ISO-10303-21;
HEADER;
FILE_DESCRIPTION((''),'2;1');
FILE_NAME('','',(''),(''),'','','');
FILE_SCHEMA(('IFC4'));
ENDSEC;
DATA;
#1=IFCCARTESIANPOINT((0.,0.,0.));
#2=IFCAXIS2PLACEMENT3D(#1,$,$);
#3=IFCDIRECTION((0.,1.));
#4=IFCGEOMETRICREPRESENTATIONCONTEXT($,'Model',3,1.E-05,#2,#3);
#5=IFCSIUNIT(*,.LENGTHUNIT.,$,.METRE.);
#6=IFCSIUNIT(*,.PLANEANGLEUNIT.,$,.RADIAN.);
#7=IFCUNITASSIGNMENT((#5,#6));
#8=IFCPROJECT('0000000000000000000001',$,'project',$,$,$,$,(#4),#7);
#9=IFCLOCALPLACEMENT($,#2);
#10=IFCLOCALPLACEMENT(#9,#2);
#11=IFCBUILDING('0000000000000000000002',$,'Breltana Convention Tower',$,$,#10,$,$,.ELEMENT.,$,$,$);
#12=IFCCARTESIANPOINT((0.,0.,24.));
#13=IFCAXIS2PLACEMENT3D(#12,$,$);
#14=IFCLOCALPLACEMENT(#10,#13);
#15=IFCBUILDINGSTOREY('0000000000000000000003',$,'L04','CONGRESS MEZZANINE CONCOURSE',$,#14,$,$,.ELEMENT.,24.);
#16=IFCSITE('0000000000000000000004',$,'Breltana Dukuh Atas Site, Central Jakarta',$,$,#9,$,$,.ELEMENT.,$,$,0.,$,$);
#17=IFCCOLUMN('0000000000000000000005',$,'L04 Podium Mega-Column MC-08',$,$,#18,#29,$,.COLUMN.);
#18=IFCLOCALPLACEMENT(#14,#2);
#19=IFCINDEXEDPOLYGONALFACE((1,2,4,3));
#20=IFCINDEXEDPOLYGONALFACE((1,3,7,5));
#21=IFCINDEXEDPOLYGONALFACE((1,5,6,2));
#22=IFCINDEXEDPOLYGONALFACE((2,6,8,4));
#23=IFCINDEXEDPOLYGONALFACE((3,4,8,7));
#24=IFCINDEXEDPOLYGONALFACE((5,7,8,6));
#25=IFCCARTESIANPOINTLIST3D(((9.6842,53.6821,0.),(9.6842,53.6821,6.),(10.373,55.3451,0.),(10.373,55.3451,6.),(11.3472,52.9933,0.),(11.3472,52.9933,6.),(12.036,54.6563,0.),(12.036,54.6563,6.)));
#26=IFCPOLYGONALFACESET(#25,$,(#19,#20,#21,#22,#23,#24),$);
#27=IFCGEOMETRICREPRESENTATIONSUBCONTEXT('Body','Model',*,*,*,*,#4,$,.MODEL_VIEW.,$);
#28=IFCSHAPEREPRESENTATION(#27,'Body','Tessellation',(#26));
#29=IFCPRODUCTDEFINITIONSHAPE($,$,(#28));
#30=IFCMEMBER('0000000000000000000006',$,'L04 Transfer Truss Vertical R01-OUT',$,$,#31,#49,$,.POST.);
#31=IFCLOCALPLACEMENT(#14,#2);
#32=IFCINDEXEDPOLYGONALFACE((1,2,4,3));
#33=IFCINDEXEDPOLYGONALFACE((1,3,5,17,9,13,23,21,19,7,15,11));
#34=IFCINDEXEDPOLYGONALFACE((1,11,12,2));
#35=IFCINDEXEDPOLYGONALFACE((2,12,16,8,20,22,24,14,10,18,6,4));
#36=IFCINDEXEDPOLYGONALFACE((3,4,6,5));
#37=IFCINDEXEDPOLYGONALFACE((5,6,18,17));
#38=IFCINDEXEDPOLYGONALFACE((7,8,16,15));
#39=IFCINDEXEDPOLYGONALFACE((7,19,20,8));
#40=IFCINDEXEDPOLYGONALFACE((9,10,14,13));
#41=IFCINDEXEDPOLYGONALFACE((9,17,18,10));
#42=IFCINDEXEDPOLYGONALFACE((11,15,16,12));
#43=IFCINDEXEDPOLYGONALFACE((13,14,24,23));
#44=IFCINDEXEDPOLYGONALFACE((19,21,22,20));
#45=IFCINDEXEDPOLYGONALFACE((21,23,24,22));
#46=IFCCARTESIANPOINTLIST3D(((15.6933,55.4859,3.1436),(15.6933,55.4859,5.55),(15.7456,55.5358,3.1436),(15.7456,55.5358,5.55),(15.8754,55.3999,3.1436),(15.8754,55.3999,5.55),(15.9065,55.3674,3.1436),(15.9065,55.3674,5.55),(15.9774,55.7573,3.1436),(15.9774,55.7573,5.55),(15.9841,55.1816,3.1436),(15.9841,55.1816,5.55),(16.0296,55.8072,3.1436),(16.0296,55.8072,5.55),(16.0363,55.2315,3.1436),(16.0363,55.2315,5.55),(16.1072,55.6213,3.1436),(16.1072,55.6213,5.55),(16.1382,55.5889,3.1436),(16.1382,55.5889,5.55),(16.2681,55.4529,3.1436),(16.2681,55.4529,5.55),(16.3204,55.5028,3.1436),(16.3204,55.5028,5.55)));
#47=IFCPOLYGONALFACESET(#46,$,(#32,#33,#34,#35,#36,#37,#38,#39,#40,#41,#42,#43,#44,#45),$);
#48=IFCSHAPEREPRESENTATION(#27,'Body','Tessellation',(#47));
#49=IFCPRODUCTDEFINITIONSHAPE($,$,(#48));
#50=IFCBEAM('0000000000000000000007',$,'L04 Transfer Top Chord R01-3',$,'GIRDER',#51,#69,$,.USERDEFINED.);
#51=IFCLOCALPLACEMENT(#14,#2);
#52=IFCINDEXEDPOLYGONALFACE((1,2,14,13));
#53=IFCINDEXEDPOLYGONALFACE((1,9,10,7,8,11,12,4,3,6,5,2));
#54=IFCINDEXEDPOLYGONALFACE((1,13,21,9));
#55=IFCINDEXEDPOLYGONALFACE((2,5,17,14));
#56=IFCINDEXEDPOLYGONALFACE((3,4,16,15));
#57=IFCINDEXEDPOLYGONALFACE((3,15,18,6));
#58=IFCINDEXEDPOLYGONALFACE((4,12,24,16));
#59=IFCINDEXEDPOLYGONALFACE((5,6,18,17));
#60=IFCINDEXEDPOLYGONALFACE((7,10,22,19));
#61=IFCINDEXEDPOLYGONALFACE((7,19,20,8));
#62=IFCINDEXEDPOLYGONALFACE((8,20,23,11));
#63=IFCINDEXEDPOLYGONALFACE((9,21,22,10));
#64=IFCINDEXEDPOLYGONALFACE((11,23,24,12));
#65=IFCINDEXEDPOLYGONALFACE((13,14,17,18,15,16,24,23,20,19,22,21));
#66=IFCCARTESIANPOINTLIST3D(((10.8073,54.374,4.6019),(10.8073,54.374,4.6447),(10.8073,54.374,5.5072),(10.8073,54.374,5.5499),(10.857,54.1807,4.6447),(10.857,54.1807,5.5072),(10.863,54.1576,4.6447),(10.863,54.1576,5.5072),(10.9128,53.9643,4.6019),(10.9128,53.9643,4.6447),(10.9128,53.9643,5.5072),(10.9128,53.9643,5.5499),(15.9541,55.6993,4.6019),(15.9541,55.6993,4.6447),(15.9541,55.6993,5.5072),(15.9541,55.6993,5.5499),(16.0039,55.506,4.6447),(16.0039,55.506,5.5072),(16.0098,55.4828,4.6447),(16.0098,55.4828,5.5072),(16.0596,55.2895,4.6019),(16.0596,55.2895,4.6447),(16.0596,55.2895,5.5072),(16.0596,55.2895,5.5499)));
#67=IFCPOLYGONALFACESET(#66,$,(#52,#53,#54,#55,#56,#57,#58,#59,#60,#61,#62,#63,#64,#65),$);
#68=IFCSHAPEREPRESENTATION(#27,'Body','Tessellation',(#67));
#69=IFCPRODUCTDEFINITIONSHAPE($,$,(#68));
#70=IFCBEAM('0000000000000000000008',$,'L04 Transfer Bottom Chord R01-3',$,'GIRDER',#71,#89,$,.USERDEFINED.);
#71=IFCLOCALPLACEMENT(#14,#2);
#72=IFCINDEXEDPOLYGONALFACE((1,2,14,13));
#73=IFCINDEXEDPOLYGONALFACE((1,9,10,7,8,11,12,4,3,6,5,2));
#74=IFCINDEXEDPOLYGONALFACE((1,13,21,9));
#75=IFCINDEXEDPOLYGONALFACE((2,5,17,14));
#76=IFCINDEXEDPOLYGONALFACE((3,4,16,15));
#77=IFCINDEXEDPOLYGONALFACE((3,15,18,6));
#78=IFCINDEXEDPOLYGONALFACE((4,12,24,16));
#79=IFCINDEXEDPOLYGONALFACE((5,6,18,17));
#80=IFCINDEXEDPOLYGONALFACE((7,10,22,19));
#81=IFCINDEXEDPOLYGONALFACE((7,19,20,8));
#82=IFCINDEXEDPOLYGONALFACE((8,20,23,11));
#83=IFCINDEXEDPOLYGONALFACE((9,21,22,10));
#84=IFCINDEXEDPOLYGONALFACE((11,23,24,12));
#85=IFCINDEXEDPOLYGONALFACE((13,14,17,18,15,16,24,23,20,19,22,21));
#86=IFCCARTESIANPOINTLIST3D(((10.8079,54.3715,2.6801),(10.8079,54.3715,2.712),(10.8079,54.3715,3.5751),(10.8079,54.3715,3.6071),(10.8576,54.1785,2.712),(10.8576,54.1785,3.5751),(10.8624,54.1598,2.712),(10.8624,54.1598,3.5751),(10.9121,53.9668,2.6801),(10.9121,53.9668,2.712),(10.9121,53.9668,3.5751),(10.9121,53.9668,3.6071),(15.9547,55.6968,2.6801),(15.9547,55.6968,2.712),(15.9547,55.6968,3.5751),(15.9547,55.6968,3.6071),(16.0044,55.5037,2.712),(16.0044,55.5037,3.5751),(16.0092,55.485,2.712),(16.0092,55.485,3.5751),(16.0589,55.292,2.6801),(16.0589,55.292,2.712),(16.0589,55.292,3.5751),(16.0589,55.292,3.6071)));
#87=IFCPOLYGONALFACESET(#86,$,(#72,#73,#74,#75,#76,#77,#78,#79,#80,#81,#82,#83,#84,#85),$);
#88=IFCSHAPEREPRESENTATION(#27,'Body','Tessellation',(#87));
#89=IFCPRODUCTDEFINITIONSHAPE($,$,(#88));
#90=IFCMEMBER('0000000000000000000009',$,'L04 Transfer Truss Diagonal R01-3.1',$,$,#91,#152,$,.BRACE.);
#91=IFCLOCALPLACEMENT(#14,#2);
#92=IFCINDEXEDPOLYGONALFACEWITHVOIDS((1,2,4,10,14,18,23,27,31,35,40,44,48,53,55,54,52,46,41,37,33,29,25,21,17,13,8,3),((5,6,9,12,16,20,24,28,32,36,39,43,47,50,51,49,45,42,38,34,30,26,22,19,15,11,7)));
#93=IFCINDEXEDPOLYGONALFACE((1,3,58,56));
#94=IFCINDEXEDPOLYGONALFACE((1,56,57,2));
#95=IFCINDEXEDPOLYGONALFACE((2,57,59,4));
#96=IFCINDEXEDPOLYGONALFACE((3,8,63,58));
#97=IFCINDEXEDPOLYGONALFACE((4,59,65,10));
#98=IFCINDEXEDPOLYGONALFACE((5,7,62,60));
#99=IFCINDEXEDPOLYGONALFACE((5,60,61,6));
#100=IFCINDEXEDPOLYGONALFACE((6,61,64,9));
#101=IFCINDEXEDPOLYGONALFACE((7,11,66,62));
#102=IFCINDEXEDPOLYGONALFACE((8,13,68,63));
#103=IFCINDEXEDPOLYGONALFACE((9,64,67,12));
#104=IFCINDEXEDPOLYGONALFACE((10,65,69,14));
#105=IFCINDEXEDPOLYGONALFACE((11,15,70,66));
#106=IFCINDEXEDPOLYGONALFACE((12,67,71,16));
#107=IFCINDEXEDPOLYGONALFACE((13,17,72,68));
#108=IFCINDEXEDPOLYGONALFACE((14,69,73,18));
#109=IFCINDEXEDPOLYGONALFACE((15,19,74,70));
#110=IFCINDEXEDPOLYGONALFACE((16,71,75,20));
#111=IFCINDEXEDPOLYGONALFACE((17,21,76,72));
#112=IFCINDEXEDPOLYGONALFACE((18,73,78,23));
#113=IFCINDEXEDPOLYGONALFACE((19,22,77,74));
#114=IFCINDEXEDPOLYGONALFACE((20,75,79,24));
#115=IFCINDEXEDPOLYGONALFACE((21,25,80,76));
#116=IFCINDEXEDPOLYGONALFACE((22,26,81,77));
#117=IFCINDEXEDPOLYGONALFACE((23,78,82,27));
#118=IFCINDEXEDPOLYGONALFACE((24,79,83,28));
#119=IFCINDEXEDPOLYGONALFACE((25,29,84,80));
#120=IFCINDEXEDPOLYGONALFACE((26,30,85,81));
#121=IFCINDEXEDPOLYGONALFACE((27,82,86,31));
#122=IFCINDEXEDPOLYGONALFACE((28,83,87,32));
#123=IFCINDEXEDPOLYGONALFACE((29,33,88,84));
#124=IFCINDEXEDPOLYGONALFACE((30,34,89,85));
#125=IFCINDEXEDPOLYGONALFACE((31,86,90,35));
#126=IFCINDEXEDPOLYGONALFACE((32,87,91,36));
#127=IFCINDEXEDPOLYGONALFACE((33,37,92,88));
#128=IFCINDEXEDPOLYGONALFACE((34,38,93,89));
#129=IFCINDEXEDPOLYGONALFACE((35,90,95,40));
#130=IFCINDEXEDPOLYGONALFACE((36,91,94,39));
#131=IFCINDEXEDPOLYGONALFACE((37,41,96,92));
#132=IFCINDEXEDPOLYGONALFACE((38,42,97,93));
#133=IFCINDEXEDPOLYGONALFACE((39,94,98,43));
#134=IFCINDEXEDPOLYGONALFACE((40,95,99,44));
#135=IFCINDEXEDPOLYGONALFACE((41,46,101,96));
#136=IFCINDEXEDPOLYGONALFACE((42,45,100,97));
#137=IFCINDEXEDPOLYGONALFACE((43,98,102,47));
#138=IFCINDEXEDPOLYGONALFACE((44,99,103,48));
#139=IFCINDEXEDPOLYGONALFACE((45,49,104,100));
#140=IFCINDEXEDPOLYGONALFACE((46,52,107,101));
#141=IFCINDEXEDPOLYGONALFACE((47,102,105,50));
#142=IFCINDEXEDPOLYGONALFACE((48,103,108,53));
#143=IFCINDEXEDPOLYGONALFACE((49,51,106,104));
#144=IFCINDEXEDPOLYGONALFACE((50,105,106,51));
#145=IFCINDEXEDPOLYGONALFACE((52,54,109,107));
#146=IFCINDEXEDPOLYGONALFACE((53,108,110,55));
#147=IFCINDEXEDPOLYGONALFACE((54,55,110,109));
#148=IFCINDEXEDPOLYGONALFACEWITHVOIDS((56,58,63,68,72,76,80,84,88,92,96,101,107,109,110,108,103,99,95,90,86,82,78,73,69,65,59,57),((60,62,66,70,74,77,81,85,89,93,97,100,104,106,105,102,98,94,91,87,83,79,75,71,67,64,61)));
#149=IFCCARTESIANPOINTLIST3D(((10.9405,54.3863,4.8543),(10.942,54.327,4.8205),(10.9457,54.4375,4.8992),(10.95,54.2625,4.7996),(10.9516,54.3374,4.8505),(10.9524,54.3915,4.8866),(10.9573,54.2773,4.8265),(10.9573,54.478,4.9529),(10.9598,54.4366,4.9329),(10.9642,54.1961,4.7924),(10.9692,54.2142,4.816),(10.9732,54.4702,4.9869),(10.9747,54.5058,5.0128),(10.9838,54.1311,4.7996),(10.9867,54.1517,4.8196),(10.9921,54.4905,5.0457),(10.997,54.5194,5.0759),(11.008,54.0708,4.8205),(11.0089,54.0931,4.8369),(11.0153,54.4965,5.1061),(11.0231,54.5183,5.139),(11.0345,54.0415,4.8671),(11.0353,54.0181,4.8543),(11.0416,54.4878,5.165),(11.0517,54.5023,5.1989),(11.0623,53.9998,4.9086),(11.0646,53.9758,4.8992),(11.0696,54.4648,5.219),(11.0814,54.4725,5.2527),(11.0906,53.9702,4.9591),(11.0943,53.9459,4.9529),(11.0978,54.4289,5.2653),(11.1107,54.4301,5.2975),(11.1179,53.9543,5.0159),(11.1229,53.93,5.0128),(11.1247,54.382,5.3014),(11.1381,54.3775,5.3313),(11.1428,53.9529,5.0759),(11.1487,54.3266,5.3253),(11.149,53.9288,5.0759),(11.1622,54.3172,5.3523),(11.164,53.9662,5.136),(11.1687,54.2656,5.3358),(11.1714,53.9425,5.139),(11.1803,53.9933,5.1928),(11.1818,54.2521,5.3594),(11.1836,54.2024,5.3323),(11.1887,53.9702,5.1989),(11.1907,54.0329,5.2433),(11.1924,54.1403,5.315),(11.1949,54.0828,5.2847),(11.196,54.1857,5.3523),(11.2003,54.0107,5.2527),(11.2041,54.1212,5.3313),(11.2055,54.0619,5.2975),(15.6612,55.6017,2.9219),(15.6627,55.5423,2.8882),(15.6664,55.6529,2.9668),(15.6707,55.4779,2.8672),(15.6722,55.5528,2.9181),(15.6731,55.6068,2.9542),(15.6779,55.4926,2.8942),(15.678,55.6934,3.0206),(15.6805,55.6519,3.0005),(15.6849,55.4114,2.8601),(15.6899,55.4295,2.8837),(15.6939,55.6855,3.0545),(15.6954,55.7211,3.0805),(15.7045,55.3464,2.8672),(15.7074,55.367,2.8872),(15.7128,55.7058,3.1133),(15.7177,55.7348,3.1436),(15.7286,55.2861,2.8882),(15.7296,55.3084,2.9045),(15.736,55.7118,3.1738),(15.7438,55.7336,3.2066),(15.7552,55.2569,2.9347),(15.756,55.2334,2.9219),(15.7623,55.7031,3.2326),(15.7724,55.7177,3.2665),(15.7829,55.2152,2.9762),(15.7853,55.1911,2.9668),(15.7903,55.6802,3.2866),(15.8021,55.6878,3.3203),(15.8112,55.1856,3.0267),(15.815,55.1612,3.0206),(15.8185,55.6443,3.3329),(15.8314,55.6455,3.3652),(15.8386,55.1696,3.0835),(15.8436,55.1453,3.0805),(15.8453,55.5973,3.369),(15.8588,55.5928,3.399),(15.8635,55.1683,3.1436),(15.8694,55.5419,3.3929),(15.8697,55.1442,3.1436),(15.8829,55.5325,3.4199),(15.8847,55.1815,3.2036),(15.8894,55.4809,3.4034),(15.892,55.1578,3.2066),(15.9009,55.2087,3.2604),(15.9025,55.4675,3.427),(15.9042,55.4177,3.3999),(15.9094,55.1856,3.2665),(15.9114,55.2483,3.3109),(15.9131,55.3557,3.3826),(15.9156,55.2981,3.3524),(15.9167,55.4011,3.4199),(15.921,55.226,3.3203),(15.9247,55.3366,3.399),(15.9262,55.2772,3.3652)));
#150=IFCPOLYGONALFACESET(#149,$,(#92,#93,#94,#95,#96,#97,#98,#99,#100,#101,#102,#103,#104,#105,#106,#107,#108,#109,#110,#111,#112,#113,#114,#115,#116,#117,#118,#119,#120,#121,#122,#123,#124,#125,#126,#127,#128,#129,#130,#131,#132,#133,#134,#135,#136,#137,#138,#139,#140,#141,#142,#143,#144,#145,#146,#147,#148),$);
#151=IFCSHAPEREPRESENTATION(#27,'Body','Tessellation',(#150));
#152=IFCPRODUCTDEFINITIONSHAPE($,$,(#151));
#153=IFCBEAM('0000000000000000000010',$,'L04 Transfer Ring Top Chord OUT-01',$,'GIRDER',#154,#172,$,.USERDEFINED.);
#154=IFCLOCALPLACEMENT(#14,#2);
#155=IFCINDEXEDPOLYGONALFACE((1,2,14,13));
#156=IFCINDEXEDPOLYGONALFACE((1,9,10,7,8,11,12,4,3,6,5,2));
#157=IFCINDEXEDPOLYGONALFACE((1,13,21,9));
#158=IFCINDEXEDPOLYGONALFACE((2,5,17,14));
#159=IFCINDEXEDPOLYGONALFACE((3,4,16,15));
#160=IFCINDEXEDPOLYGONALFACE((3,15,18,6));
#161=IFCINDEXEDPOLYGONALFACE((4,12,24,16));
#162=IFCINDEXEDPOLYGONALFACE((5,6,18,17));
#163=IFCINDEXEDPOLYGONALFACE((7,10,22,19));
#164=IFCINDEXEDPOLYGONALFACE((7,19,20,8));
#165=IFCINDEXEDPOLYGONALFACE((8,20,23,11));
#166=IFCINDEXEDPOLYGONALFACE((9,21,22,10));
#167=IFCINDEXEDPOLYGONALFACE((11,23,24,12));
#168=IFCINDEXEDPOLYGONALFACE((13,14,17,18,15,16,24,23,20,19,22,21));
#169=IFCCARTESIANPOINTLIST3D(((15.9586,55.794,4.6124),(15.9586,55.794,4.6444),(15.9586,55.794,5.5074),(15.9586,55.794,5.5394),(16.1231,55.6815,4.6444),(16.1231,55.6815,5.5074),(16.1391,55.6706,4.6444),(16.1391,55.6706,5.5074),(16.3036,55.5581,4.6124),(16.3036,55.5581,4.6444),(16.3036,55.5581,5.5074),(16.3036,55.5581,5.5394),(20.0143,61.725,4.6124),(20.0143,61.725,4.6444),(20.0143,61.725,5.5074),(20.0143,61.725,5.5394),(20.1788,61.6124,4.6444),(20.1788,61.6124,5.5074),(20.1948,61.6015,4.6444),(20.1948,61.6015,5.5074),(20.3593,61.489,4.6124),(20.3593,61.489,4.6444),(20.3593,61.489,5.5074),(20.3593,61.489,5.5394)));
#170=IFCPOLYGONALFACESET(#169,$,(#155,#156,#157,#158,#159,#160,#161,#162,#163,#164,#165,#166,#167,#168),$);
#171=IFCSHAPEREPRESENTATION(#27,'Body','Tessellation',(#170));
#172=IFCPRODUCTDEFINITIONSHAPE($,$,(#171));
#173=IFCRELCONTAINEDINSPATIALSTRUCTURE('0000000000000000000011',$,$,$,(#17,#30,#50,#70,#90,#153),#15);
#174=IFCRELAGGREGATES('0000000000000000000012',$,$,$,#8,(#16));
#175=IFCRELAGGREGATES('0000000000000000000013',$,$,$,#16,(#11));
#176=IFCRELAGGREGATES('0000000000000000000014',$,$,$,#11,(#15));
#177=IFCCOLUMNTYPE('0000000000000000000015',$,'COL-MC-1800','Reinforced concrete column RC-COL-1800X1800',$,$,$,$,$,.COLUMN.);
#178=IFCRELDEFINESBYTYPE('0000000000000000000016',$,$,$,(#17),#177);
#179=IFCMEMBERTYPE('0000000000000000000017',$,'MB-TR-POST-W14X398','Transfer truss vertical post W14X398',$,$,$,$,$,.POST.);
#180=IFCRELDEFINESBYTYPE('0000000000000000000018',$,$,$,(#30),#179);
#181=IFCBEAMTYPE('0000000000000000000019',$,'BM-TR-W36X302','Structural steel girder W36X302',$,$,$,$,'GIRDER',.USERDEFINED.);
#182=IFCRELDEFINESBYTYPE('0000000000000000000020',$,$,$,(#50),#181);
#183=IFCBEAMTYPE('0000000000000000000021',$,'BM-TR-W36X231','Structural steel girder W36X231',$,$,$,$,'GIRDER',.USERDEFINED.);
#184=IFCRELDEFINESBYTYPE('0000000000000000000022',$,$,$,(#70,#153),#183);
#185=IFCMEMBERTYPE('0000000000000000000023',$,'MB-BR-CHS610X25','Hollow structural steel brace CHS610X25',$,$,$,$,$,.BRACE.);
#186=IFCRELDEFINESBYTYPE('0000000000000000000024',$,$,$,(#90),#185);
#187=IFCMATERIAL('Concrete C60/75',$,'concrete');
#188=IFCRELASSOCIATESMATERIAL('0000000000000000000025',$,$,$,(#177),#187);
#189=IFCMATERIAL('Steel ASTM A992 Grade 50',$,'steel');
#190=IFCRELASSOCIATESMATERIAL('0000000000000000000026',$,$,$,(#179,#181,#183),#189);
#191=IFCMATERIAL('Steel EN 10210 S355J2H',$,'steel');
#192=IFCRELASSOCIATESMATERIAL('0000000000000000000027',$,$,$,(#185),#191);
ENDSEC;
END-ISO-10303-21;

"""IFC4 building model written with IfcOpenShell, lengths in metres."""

from ifc_helpers import new_model, si_unit, direction, frame, origin, origin_2d, place, context, subcontext, project, spatial, rectangle, hollow_circle, i_section, extrude, source, transform, mapped, material, material_profile, profile_set, type_object, type_shapes, element, save


model = new_model("IFC4")

# Units and contexts
model_context = context("Model", 3, precision=1e-05, world=origin(), true_north=direction((0.0, 1.0)))
body_context = subcontext(model_context, "Body", "Model", "MODEL_VIEW")
ifc_project = project(units=[si_unit("LENGTHUNIT", "METRE"), si_unit("PLANEANGLEUNIT", "RADIAN")], contexts=[model_context])

# Site, building, storey
site_placement = place(None, origin())
site = spatial("IfcSite", under=ifc_project, at=site_placement, Name="Breltana Dukuh Atas Site, Central Jakarta", CompositionType="ELEMENT", RefElevation=0.0)
building_placement = place(site_placement, origin())
building = spatial("IfcBuilding", under=site, at=building_placement, Name="Breltana Convention Tower", CompositionType="ELEMENT")
storey_placement = place(building_placement, frame((0.0, 0.0, 24.0)))
storey = spatial("IfcBuildingStorey", under=building, at=storey_placement, Name="L04", Description="CONGRESS MEZZANINE CONCOURSE", CompositionType="ELEMENT", Elevation=24.0)

# Column
ifc_material_1 = material(Name="Concrete C60/75", Category="concrete")
ifc_material_profile_1 = material_profile(ifc_material_1, rectangle(XDim=1.8, YDim=1.8, at=origin_2d()), Name="RC-COL-1800X1800")
ifc_profile_set_1 = profile_set([ifc_material_profile_1], Name="Concrete C60/75")
column_type = type_object("IfcColumnType", Name="COL-MC-1800", Description="Reinforced concrete column RC-COL-1800X1800", PredefinedType="COLUMN", material=ifc_profile_set_1)
shared_shape_1 = source(origin(), body_context, "Body", "SweptSolid", [
    extrude(rectangle(XDim=1.8, YDim=1.8, at=origin_2d()), origin(), (0.0, 0.0, 1.0), 6.0),
])
type_shapes(column_type, [shared_shape_1])
column_placement = place(storey_placement, frame((10.8601, 54.1692, 0.0), z_axis=(0.0, 0.0, 1.0), x_axis=(-0.92388, 0.382683, 0.0)))
element("IfcColumn", 1, at=column_placement, inside=storey, type_object=column_type, Name="L04 Podium Mega-Column MC-08", PredefinedType="COLUMN", context=body_context, shape_type="MappedRepresentation", body=[
    mapped(shared_shape_1, transform((0.0, 0.0, 0.0), scale=1.0)),
])

# Member
ifc_material_2 = material(Name="Steel ASTM A992 Grade 50", Category="steel")
ifc_material_profile_2 = material_profile(ifc_material_2, i_section(OverallWidth=0.4209, OverallDepth=0.4651, WebThickness=0.0449, FlangeThickness=0.0723, at=origin_2d()), Name="W14X398")
ifc_profile_set_2 = profile_set([ifc_material_profile_2], Name="Steel ASTM A992 Grade 50")
member_type_1 = type_object("IfcMemberType", Name="MB-TR-POST-W14X398", Description="Transfer truss vertical post W14X398", PredefinedType="POST", material=ifc_profile_set_2)
shared_shape_2 = source(origin(), body_context, "Body", "SweptSolid", [
    extrude(i_section(OverallWidth=0.4209, OverallDepth=0.4651, WebThickness=0.0449, FlangeThickness=0.0723, at=origin_2d()), origin(), (0.0, 0.0, 1.0), 2.4065),
])
type_shapes(member_type_1, [shared_shape_2])
member_1_placement = place(storey_placement, frame((16.0068, 55.4944, 3.1436), z_axis=(0.0, 0.0, 1.0), x_axis=(-0.690756, 0.723088, 0.0)))
element("IfcMember", 2, at=member_1_placement, inside=storey, type_object=member_type_1, Name="L04 Transfer Truss Vertical R01-OUT", PredefinedType="POST", context=body_context, shape_type="MappedRepresentation", body=[
    mapped(shared_shape_2, transform((0.0, 0.0, 0.0), scale=1.0)),
])

# Beams
ifc_material_profile_3 = material_profile(ifc_material_2, i_section(OverallWidth=0.4231, OverallDepth=0.948, WebThickness=0.0239, FlangeThickness=0.0427, at=origin_2d()), Name="W36X302")
ifc_profile_set_3 = profile_set([ifc_material_profile_3], Name="Steel ASTM A992 Grade 50")
beam_type_1 = type_object("IfcBeamType", Name="BM-TR-W36X302", Description="Structural steel girder W36X302", ElementType="GIRDER", PredefinedType="USERDEFINED", material=ifc_profile_set_3)
shared_shape_3 = source(origin(), body_context, "Body", "SweptSolid", [
    extrude(i_section(OverallWidth=0.4231, OverallDepth=0.948, WebThickness=0.0239, FlangeThickness=0.0427, at=origin_2d()), origin(), (0.0, 0.0, 1.0), 5.3147),
])
beam_1_placement = place(storey_placement, frame((16.0068, 55.4944, 5.0759), z_axis=(-0.968413, -0.24935, 0.0), x_axis=(0.24935, -0.968413, 0.0)))
element("IfcBeam", 3, at=beam_1_placement, inside=storey, type_object=beam_type_1, Name="L04 Transfer Top Chord R01-3", ObjectType="GIRDER", PredefinedType="USERDEFINED", context=body_context, shape_type="MappedRepresentation", body=[
    mapped(shared_shape_3, transform((0.0, 0.0, 0.0), scale=1.0)),
])
ifc_material_profile_4 = material_profile(ifc_material_2, i_section(OverallWidth=0.418, OverallDepth=0.927, WebThickness=0.0193, FlangeThickness=0.032, at=origin_2d()), Name="W36X231")
ifc_profile_set_4 = profile_set([ifc_material_profile_4], Name="Steel ASTM A992 Grade 50")
beam_type_2 = type_object("IfcBeamType", Name="BM-TR-W36X231", Description="Structural steel girder W36X231", ElementType="GIRDER", PredefinedType="USERDEFINED", material=ifc_profile_set_4)
shared_shape_4 = source(origin(), body_context, "Body", "SweptSolid", [
    extrude(i_section(OverallWidth=0.418, OverallDepth=0.927, WebThickness=0.0193, FlangeThickness=0.032, at=origin_2d()), origin(), (0.0, 0.0, 1.0), 5.3147),
])
beam_2_placement = place(storey_placement, frame((16.0068, 55.4944, 3.1436), z_axis=(-0.968413, -0.24935, 0.0), x_axis=(0.24935, -0.968413, 0.0)))
element("IfcBeam", 4, at=beam_2_placement, inside=storey, type_object=beam_type_2, Name="L04 Transfer Bottom Chord R01-3", ObjectType="GIRDER", PredefinedType="USERDEFINED", context=body_context, shape_type="MappedRepresentation", body=[
    mapped(shared_shape_4, transform((0.0, 0.0, 0.0), scale=1.0)),
])

# Member
ifc_material_3 = material(Name="Steel EN 10210 S355J2H", Category="steel")
ifc_material_profile_5 = material_profile(ifc_material_3, hollow_circle(Radius=0.3049, WallThickness=0.0249, at=origin_2d()), Name="CHS610X25")
ifc_profile_set_5 = profile_set([ifc_material_profile_5], Name="Steel EN 10210 S355J2H")
member_type_2 = type_object("IfcMemberType", Name="MB-BR-CHS610X25", Description="Hollow structural steel brace CHS610X25", PredefinedType="BRACE", material=ifc_profile_set_5)
shared_shape_5 = source(origin(), body_context, "Body", "SweptSolid", [
    extrude(hollow_circle(Radius=0.3049, WallThickness=0.0249, at=origin_2d()), origin(), (0.0, 0.0, 1.0), 5.2437),
])
member_2_placement = place(storey_placement, frame((15.7937, 55.4395, 3.1436), z_axis=(-0.900266, -0.231771, 0.368515), x_axis=(0.249318, -0.968422, 0.0)))
element("IfcMember", 5, at=member_2_placement, inside=storey, type_object=member_type_2, Name="L04 Transfer Truss Diagonal R01-3.1", PredefinedType="BRACE", context=body_context, shape_type="MappedRepresentation", body=[
    mapped(shared_shape_5, transform((0.0, 0.0, 0.0), scale=1.0)),
])

# Beam
shared_shape_6 = source(origin(), body_context, "Body", "SweptSolid", [
    extrude(i_section(OverallWidth=0.418, OverallDepth=0.927, WebThickness=0.0193, FlangeThickness=0.032, at=origin_2d()), origin(), (0.0, 0.0, 1.0), 7.1851),
])
beam_3_placement = place(storey_placement, frame((16.1311, 55.676, 5.0759), z_axis=(0.564463, 0.825458, 0.0), x_axis=(-0.825458, 0.564463, 0.0)))
element("IfcBeam", 6, at=beam_3_placement, inside=storey, type_object=beam_type_2, Name="L04 Transfer Ring Top Chord OUT-01", ObjectType="GIRDER", PredefinedType="USERDEFINED", context=body_context, shape_type="MappedRepresentation", body=[
    mapped(shared_shape_6, transform((0.0, 0.0, 0.0), scale=1.0)),
])

save(model, "model.ifc")
